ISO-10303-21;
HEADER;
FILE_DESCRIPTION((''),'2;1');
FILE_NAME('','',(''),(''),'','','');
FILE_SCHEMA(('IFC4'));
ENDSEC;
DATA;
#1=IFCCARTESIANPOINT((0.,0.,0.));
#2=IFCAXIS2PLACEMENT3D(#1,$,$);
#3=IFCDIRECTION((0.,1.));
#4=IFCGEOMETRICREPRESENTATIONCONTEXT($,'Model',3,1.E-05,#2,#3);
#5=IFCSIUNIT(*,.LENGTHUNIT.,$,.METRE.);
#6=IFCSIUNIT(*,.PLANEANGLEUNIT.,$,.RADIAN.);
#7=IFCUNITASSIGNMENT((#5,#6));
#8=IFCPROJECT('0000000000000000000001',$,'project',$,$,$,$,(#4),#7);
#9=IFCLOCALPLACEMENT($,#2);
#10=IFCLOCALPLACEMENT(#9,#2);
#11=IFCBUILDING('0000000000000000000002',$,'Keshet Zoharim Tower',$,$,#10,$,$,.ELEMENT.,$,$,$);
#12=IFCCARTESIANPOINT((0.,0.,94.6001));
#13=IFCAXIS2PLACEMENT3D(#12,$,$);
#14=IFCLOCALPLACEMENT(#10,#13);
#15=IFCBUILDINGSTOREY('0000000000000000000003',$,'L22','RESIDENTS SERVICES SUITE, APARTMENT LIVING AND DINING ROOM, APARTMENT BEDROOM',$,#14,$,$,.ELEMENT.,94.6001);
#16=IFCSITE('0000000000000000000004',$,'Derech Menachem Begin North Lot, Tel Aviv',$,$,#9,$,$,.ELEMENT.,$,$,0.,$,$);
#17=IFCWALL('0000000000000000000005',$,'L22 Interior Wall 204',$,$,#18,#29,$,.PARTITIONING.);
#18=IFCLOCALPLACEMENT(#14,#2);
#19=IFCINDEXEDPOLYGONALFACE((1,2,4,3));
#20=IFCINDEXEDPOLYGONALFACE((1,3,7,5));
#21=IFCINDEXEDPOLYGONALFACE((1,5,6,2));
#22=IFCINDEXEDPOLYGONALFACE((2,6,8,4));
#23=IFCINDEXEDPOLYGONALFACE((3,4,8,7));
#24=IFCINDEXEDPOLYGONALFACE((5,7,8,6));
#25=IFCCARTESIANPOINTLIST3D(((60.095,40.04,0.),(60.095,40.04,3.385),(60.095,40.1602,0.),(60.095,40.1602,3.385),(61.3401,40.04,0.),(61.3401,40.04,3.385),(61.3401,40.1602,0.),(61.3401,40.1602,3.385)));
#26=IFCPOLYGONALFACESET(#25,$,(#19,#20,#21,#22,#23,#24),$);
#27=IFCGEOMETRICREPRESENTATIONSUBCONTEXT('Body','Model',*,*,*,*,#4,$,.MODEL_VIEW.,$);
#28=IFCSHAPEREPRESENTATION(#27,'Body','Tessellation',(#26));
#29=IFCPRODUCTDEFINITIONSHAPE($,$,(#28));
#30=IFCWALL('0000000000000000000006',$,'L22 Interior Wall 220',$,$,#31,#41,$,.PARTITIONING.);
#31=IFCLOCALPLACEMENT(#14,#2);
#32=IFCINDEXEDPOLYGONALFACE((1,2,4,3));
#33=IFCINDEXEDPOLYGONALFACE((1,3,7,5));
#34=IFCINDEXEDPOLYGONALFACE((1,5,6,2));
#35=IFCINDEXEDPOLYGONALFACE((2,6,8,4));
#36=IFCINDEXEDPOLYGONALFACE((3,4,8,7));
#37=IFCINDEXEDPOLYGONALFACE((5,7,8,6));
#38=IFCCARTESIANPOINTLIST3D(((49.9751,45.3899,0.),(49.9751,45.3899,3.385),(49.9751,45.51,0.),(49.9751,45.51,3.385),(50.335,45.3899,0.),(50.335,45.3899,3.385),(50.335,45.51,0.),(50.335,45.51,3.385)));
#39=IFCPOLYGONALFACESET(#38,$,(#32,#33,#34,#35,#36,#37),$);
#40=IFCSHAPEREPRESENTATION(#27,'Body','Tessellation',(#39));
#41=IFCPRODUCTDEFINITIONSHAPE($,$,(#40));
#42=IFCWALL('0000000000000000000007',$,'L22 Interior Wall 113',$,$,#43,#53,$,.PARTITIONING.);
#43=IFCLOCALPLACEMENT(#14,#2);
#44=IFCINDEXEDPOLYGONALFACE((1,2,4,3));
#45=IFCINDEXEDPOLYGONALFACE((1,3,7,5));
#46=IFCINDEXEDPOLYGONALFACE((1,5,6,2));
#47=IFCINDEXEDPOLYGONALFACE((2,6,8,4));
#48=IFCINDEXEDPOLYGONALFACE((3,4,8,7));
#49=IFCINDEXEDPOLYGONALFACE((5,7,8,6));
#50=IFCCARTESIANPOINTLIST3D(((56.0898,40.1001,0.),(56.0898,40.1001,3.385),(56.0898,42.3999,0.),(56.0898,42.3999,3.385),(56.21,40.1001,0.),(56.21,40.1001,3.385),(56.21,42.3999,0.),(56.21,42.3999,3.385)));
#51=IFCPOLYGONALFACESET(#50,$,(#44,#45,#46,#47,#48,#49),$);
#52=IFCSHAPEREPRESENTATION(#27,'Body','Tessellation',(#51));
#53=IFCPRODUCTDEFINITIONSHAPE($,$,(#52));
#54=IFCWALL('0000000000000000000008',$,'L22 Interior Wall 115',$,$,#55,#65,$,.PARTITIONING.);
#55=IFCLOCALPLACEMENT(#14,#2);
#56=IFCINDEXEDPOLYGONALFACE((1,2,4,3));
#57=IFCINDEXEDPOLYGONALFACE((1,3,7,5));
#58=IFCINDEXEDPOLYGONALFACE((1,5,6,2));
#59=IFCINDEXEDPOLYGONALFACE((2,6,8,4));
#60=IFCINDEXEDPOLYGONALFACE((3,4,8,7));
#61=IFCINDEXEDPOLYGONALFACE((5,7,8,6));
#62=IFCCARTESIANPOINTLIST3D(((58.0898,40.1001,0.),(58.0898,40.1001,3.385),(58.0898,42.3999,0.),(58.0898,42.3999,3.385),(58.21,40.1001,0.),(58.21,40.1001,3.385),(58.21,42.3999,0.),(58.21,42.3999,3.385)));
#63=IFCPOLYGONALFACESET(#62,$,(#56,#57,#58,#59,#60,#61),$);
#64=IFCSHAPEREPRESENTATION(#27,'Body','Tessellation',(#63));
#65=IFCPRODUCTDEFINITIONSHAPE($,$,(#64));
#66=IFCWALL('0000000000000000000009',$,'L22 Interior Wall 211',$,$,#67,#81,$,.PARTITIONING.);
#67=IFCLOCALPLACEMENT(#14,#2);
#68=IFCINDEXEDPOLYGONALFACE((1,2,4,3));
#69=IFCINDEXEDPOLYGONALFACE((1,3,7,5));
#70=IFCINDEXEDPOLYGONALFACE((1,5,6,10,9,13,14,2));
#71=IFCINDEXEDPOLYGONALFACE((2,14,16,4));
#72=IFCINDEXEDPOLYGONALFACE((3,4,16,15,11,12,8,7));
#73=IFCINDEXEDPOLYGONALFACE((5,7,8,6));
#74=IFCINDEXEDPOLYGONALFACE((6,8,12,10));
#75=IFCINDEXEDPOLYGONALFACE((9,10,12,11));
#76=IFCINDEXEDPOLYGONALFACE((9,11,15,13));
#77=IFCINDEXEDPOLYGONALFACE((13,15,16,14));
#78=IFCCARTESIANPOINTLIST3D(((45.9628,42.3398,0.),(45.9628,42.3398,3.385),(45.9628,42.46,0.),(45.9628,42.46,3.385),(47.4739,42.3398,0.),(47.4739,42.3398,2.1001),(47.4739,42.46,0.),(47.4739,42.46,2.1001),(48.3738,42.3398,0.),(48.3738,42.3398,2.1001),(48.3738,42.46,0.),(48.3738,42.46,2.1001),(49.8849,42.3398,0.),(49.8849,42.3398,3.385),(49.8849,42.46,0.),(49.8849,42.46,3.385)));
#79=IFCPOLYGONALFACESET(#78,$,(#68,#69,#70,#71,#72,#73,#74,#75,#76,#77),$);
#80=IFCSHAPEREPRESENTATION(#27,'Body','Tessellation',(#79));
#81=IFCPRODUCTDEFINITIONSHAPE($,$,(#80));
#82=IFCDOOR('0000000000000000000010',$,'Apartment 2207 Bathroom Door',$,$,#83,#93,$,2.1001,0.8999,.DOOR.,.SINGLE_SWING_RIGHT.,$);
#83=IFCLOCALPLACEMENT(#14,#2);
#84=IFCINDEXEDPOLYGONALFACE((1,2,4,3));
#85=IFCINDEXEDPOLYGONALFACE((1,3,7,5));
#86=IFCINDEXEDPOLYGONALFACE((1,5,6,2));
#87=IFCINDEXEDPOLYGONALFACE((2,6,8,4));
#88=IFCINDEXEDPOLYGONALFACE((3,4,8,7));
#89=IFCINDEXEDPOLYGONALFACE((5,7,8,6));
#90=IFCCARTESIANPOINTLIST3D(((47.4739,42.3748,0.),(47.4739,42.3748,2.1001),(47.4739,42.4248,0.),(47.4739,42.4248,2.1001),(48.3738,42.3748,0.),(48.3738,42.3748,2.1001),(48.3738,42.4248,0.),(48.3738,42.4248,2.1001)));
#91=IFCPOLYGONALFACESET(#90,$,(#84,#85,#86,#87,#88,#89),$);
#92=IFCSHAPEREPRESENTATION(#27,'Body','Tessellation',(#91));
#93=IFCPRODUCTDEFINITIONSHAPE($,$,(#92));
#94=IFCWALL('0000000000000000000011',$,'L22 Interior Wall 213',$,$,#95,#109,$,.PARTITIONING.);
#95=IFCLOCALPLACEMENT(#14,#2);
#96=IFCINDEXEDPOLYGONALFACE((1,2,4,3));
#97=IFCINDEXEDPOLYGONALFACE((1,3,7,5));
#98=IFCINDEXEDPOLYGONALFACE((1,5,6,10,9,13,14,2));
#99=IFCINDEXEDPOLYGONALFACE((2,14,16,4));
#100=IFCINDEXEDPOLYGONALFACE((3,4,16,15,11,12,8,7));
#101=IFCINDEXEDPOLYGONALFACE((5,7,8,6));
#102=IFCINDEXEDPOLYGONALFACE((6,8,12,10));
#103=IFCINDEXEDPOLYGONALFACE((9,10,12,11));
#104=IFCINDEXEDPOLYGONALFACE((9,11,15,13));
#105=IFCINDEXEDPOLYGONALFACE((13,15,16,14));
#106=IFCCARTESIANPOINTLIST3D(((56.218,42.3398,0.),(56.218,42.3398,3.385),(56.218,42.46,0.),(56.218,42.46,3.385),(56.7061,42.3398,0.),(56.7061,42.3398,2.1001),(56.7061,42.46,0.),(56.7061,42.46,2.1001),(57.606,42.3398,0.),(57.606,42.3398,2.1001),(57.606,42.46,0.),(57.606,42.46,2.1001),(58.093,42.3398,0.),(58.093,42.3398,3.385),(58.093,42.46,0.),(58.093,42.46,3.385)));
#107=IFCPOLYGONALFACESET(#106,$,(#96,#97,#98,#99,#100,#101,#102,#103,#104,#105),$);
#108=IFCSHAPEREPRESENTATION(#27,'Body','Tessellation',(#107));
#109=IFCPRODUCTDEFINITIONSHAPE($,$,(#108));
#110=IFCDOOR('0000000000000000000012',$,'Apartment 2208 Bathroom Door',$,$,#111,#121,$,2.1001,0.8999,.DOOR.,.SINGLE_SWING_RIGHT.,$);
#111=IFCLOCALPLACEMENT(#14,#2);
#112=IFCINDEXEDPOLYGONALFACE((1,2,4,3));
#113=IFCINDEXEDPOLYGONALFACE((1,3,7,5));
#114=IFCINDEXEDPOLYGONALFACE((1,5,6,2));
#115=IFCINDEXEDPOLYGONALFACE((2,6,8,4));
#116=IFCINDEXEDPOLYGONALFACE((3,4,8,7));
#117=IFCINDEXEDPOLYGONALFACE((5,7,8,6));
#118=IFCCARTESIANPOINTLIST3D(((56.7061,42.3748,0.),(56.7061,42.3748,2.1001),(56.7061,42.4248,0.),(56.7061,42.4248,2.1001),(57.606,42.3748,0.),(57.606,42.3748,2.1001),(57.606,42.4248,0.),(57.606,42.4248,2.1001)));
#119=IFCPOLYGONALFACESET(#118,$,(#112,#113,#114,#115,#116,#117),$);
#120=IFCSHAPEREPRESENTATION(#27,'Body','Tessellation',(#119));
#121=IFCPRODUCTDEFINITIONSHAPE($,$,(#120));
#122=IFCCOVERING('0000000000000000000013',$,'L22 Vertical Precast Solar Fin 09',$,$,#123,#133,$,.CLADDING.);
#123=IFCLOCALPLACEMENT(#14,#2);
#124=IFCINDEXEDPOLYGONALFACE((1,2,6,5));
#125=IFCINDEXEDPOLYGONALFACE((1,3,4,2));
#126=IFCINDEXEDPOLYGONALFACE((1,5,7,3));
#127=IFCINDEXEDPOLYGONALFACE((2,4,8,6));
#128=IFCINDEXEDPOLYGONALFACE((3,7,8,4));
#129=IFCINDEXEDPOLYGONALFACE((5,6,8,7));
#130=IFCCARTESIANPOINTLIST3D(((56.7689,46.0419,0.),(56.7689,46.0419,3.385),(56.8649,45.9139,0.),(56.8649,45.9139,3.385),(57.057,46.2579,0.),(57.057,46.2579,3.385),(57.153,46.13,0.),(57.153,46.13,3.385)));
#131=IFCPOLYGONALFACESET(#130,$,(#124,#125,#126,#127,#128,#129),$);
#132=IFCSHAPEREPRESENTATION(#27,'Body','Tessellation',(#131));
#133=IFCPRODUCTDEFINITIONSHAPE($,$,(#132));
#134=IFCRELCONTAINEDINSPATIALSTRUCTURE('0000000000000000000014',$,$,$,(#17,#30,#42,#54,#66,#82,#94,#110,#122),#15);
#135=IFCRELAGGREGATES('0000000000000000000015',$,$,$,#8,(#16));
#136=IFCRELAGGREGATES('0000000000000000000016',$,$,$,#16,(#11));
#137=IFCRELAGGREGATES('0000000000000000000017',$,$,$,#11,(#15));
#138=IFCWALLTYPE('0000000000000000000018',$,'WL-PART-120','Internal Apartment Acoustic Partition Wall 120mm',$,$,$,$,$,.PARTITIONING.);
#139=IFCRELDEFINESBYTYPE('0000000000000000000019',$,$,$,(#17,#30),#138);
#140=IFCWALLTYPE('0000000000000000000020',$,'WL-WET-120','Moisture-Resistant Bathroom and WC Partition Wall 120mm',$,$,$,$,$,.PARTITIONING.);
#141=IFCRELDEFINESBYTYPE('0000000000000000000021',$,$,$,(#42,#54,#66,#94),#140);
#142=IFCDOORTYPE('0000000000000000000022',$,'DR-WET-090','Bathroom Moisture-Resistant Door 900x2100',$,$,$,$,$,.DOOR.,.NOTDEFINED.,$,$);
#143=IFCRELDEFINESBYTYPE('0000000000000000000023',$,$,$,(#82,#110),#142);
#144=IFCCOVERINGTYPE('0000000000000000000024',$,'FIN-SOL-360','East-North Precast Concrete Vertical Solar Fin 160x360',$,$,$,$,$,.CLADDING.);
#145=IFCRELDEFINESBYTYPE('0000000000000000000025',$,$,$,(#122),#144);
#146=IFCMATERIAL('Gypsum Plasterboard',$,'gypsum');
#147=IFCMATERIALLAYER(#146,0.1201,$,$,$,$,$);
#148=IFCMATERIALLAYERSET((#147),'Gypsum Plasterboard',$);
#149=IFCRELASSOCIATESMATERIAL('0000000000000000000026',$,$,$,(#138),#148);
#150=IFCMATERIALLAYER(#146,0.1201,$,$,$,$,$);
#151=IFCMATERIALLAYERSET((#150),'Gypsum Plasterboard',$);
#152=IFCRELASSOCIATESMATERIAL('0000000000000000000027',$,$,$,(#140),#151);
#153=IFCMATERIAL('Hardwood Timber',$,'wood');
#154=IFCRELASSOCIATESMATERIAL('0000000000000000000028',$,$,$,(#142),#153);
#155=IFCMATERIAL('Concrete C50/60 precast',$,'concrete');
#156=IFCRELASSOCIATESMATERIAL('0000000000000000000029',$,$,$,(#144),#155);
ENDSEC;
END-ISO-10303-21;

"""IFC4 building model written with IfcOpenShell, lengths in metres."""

from ifc_helpers import new_model, si_unit, direction, frame, frame_2d, origin, origin_2d, place, context, subcontext, project, spatial, rectangle, extrude, material, layer, layer_set, type_object, element, fill, save


model = new_model("IFC4")

# Units and contexts
model_context = context("Model", 3, precision=1e-05, world=origin(), true_north=direction((0.0, 1.0)))
body_context = subcontext(model_context, "Body", "Model", "MODEL_VIEW")
ifc_project = project(units=[si_unit("LENGTHUNIT", "METRE"), si_unit("PLANEANGLEUNIT", "RADIAN")], contexts=[model_context])

# Site, building, storey
site_placement = place(None, origin())
site = spatial("IfcSite", under=ifc_project, at=site_placement, Name="Derech Menachem Begin North Lot, Tel Aviv", CompositionType="ELEMENT", RefElevation=0.0)
building_placement = place(site_placement, origin())
building = spatial("IfcBuilding", under=site, at=building_placement, Name="Keshet Zoharim Tower", CompositionType="ELEMENT")
storey_placement = place(building_placement, frame((0.0, 0.0, 94.6001)))
storey = spatial("IfcBuildingStorey", under=building, at=storey_placement, Name="L22", Description="RESIDENTS SERVICES SUITE, APARTMENT LIVING AND DINING ROOM, APARTMENT BEDROOM", CompositionType="ELEMENT", Elevation=94.6001)

# Wall
ifc_material_1 = material(Name="Gypsum Plasterboard", Category="gypsum")
ifc_layer_1 = layer(ifc_material_1, 0.1201)
ifc_layer_set_1 = layer_set([ifc_layer_1], Name="Gypsum Plasterboard")
wall_type_1 = type_object("IfcWallType", Name="WL-PART-120", Description="Internal Apartment Acoustic Partition Wall 120mm", PredefinedType="PARTITIONING", material=ifc_layer_set_1)
wall_1_placement = place(storey_placement, frame((60.095, 40.1001, 0.0), z_axis=(0.0, 0.0, 1.0), x_axis=(1.0, 0.0, 0.0)))
element("IfcWall", 1, at=wall_1_placement, inside=storey, type_object=wall_type_1, Name="L22 Interior Wall 204", PredefinedType="PARTITIONING", context=body_context, shape_type="SweptSolid", body=[
    extrude(rectangle(XDim=1.2451, YDim=0.1201, at=frame_2d((0.6226, 0.0))), origin(), (0.0, 0.0, 1.0), 3.385),
])

# Shared definitions
ifc_material_2 = material(Name="Hardwood Timber", Category="wood")

# Walls
wall_2_placement = place(storey_placement, frame((49.9751, 45.45, 0.0), z_axis=(0.0, 0.0, 1.0), x_axis=(1.0, 0.0, 0.0)))
element("IfcWall", 2, at=wall_2_placement, inside=storey, type_object=wall_type_1, Name="L22 Interior Wall 220", PredefinedType="PARTITIONING", context=body_context, shape_type="SweptSolid", body=[
    extrude(rectangle(XDim=0.3599, YDim=0.1201, at=frame_2d((0.1799, 0.0))), origin(), (0.0, 0.0, 1.0), 3.385),
])
ifc_layer_2 = layer(ifc_material_1, 0.1201)
ifc_layer_set_2 = layer_set([ifc_layer_2], Name="Gypsum Plasterboard")
wall_type_2 = type_object("IfcWallType", Name="WL-WET-120", Description="Moisture-Resistant Bathroom and WC Partition Wall 120mm", PredefinedType="PARTITIONING", material=ifc_layer_set_2)
for number, where, z_axis, x_axis, name in (
    (3, (56.1499, 40.1001, 0.0), (0.0, 0.0, 1.0), (0.0, 1.0, 0.0), "L22 Interior Wall 113"),
    (4, (58.1499, 40.1001, 0.0), (0.0, 0.0, 1.0), (0.0, 1.0, 0.0), "L22 Interior Wall 115"),
):
    element("IfcWall", number, at=place(storey_placement, frame(where, z_axis=z_axis, x_axis=x_axis)), inside=storey, type_object=wall_type_2, Name=name, PredefinedType="PARTITIONING", context=body_context, shape_type="SweptSolid", body=[
        extrude(rectangle(XDim=2.2998, YDim=0.1201, at=frame_2d((1.1499, 0.0))), origin(), (0.0, 0.0, 1.0), 3.385),
    ])

# Walls, openings, doors
wall_3_placement = place(storey_placement, frame((45.9629, 42.3999, 0.0), z_axis=(0.0, 0.0, 1.0), x_axis=(1.0, 0.0, 0.0)))
wall_3 = element("IfcWall", 5, at=wall_3_placement, inside=storey, type_object=wall_type_2, Name="L22 Interior Wall 211", PredefinedType="PARTITIONING", context=body_context, shape_type="SweptSolid", body=[
    extrude(rectangle(XDim=3.9221, YDim=0.1201, at=frame_2d((1.9609, 0.0))), origin(), (0.0, 0.0, 1.0), 3.385),
])
opening_1_placement = place(wall_3_placement, frame((1.511, 0.0, 0.0)))
opening_1 = element("IfcOpeningElement", 6, at=opening_1_placement, cuts=wall_3, PredefinedType="OPENING", context=body_context, shape_type="SweptSolid", body=[
    extrude(rectangle(XDim=0.8999, YDim=2.1001, at=frame_2d((0.45, 1.05))), frame((0.0, 0.0701, 0.0), z_axis=(0.0, -1.0, 0.0), x_axis=(1.0, 0.0, 0.0)), (0.0, 0.0, 1.0), 0.1401),
])
door_type_1 = type_object("IfcDoorType", Name="DR-WET-090", Description="Bathroom Moisture-Resistant Door 900x2100", OperationType="NOTDEFINED", PredefinedType="DOOR", material=ifc_material_2)
door_1_placement = place(opening_1_placement, origin())
door_1 = element("IfcDoor", 7, at=door_1_placement, inside=storey, type_object=door_type_1, Name="Apartment 2207 Bathroom Door", OperationType="SINGLE_SWING_RIGHT", OverallHeight=2.1001, OverallWidth=0.8999, PredefinedType="DOOR", context=body_context, shape_type="SweptSolid", body=[
    extrude(rectangle(XDim=0.8999, YDim=2.1001, at=frame_2d((0.45, 1.05))), frame((0.0, 0.0249, 0.0), z_axis=(0.0, -1.0, 0.0), x_axis=(1.0, 0.0, 0.0)), (0.0, 0.0, 1.0), 0.05),
])
fill(opening_1, door_1)
wall_4_placement = place(storey_placement, frame((56.218, 42.3999, 0.0), z_axis=(0.0, 0.0, 1.0), x_axis=(1.0, 0.0, 0.0)))
wall_4 = element("IfcWall", 8, at=wall_4_placement, inside=storey, type_object=wall_type_2, Name="L22 Interior Wall 213", PredefinedType="PARTITIONING", context=body_context, shape_type="SweptSolid", body=[
    extrude(rectangle(XDim=1.875, YDim=0.1201, at=frame_2d((0.9375, 0.0))), origin(), (0.0, 0.0, 1.0), 3.385),
])
opening_2_placement = place(wall_4_placement, frame((0.488, 0.0, 0.0)))
opening_2 = element("IfcOpeningElement", 9, at=opening_2_placement, cuts=wall_4, PredefinedType="OPENING", context=body_context, shape_type="SweptSolid", body=[
    extrude(rectangle(XDim=0.8999, YDim=2.1001, at=frame_2d((0.45, 1.05))), frame((0.0, 0.0701, 0.0), z_axis=(0.0, -1.0, 0.0), x_axis=(1.0, 0.0, 0.0)), (0.0, 0.0, 1.0), 0.1401),
])
door_2_placement = place(opening_2_placement, origin())
door_2 = element("IfcDoor", 10, at=door_2_placement, inside=storey, type_object=door_type_1, Name="Apartment 2208 Bathroom Door", OperationType="SINGLE_SWING_RIGHT", OverallHeight=2.1001, OverallWidth=0.8999, PredefinedType="DOOR", context=body_context, shape_type="SweptSolid", body=[
    extrude(rectangle(XDim=0.8999, YDim=2.1001, at=frame_2d((0.45, 1.05))), frame((0.0, 0.0249, 0.0), z_axis=(0.0, -1.0, 0.0), x_axis=(1.0, 0.0, 0.0)), (0.0, 0.0, 1.0), 0.05),
])
fill(opening_2, door_2)

# Covering
ifc_material_3 = material(Name="Concrete C50/60 precast", Category="concrete")
covering_type = type_object("IfcCoveringType", Name="FIN-SOL-360", Description="East-North Precast Concrete Vertical Solar Fin 160x360", PredefinedType="CLADDING", material=ifc_material_3)
covering_placement = place(storey_placement, frame((56.9609, 46.0859, 0.0), z_axis=(0.0, 0.0, 1.0), x_axis=(0.6, -0.8, 0.0)))
element("IfcCovering", 11, at=covering_placement, inside=storey, type_object=covering_type, Name="L22 Vertical Precast Solar Fin 09", PredefinedType="CLADDING", context=body_context, shape_type="SweptSolid", body=[
    extrude(rectangle(XDim=0.1599, YDim=0.3601, at=origin_2d()), origin(), (0.0, 0.0, 1.0), 3.385),
])

save(model, "model.ifc")
